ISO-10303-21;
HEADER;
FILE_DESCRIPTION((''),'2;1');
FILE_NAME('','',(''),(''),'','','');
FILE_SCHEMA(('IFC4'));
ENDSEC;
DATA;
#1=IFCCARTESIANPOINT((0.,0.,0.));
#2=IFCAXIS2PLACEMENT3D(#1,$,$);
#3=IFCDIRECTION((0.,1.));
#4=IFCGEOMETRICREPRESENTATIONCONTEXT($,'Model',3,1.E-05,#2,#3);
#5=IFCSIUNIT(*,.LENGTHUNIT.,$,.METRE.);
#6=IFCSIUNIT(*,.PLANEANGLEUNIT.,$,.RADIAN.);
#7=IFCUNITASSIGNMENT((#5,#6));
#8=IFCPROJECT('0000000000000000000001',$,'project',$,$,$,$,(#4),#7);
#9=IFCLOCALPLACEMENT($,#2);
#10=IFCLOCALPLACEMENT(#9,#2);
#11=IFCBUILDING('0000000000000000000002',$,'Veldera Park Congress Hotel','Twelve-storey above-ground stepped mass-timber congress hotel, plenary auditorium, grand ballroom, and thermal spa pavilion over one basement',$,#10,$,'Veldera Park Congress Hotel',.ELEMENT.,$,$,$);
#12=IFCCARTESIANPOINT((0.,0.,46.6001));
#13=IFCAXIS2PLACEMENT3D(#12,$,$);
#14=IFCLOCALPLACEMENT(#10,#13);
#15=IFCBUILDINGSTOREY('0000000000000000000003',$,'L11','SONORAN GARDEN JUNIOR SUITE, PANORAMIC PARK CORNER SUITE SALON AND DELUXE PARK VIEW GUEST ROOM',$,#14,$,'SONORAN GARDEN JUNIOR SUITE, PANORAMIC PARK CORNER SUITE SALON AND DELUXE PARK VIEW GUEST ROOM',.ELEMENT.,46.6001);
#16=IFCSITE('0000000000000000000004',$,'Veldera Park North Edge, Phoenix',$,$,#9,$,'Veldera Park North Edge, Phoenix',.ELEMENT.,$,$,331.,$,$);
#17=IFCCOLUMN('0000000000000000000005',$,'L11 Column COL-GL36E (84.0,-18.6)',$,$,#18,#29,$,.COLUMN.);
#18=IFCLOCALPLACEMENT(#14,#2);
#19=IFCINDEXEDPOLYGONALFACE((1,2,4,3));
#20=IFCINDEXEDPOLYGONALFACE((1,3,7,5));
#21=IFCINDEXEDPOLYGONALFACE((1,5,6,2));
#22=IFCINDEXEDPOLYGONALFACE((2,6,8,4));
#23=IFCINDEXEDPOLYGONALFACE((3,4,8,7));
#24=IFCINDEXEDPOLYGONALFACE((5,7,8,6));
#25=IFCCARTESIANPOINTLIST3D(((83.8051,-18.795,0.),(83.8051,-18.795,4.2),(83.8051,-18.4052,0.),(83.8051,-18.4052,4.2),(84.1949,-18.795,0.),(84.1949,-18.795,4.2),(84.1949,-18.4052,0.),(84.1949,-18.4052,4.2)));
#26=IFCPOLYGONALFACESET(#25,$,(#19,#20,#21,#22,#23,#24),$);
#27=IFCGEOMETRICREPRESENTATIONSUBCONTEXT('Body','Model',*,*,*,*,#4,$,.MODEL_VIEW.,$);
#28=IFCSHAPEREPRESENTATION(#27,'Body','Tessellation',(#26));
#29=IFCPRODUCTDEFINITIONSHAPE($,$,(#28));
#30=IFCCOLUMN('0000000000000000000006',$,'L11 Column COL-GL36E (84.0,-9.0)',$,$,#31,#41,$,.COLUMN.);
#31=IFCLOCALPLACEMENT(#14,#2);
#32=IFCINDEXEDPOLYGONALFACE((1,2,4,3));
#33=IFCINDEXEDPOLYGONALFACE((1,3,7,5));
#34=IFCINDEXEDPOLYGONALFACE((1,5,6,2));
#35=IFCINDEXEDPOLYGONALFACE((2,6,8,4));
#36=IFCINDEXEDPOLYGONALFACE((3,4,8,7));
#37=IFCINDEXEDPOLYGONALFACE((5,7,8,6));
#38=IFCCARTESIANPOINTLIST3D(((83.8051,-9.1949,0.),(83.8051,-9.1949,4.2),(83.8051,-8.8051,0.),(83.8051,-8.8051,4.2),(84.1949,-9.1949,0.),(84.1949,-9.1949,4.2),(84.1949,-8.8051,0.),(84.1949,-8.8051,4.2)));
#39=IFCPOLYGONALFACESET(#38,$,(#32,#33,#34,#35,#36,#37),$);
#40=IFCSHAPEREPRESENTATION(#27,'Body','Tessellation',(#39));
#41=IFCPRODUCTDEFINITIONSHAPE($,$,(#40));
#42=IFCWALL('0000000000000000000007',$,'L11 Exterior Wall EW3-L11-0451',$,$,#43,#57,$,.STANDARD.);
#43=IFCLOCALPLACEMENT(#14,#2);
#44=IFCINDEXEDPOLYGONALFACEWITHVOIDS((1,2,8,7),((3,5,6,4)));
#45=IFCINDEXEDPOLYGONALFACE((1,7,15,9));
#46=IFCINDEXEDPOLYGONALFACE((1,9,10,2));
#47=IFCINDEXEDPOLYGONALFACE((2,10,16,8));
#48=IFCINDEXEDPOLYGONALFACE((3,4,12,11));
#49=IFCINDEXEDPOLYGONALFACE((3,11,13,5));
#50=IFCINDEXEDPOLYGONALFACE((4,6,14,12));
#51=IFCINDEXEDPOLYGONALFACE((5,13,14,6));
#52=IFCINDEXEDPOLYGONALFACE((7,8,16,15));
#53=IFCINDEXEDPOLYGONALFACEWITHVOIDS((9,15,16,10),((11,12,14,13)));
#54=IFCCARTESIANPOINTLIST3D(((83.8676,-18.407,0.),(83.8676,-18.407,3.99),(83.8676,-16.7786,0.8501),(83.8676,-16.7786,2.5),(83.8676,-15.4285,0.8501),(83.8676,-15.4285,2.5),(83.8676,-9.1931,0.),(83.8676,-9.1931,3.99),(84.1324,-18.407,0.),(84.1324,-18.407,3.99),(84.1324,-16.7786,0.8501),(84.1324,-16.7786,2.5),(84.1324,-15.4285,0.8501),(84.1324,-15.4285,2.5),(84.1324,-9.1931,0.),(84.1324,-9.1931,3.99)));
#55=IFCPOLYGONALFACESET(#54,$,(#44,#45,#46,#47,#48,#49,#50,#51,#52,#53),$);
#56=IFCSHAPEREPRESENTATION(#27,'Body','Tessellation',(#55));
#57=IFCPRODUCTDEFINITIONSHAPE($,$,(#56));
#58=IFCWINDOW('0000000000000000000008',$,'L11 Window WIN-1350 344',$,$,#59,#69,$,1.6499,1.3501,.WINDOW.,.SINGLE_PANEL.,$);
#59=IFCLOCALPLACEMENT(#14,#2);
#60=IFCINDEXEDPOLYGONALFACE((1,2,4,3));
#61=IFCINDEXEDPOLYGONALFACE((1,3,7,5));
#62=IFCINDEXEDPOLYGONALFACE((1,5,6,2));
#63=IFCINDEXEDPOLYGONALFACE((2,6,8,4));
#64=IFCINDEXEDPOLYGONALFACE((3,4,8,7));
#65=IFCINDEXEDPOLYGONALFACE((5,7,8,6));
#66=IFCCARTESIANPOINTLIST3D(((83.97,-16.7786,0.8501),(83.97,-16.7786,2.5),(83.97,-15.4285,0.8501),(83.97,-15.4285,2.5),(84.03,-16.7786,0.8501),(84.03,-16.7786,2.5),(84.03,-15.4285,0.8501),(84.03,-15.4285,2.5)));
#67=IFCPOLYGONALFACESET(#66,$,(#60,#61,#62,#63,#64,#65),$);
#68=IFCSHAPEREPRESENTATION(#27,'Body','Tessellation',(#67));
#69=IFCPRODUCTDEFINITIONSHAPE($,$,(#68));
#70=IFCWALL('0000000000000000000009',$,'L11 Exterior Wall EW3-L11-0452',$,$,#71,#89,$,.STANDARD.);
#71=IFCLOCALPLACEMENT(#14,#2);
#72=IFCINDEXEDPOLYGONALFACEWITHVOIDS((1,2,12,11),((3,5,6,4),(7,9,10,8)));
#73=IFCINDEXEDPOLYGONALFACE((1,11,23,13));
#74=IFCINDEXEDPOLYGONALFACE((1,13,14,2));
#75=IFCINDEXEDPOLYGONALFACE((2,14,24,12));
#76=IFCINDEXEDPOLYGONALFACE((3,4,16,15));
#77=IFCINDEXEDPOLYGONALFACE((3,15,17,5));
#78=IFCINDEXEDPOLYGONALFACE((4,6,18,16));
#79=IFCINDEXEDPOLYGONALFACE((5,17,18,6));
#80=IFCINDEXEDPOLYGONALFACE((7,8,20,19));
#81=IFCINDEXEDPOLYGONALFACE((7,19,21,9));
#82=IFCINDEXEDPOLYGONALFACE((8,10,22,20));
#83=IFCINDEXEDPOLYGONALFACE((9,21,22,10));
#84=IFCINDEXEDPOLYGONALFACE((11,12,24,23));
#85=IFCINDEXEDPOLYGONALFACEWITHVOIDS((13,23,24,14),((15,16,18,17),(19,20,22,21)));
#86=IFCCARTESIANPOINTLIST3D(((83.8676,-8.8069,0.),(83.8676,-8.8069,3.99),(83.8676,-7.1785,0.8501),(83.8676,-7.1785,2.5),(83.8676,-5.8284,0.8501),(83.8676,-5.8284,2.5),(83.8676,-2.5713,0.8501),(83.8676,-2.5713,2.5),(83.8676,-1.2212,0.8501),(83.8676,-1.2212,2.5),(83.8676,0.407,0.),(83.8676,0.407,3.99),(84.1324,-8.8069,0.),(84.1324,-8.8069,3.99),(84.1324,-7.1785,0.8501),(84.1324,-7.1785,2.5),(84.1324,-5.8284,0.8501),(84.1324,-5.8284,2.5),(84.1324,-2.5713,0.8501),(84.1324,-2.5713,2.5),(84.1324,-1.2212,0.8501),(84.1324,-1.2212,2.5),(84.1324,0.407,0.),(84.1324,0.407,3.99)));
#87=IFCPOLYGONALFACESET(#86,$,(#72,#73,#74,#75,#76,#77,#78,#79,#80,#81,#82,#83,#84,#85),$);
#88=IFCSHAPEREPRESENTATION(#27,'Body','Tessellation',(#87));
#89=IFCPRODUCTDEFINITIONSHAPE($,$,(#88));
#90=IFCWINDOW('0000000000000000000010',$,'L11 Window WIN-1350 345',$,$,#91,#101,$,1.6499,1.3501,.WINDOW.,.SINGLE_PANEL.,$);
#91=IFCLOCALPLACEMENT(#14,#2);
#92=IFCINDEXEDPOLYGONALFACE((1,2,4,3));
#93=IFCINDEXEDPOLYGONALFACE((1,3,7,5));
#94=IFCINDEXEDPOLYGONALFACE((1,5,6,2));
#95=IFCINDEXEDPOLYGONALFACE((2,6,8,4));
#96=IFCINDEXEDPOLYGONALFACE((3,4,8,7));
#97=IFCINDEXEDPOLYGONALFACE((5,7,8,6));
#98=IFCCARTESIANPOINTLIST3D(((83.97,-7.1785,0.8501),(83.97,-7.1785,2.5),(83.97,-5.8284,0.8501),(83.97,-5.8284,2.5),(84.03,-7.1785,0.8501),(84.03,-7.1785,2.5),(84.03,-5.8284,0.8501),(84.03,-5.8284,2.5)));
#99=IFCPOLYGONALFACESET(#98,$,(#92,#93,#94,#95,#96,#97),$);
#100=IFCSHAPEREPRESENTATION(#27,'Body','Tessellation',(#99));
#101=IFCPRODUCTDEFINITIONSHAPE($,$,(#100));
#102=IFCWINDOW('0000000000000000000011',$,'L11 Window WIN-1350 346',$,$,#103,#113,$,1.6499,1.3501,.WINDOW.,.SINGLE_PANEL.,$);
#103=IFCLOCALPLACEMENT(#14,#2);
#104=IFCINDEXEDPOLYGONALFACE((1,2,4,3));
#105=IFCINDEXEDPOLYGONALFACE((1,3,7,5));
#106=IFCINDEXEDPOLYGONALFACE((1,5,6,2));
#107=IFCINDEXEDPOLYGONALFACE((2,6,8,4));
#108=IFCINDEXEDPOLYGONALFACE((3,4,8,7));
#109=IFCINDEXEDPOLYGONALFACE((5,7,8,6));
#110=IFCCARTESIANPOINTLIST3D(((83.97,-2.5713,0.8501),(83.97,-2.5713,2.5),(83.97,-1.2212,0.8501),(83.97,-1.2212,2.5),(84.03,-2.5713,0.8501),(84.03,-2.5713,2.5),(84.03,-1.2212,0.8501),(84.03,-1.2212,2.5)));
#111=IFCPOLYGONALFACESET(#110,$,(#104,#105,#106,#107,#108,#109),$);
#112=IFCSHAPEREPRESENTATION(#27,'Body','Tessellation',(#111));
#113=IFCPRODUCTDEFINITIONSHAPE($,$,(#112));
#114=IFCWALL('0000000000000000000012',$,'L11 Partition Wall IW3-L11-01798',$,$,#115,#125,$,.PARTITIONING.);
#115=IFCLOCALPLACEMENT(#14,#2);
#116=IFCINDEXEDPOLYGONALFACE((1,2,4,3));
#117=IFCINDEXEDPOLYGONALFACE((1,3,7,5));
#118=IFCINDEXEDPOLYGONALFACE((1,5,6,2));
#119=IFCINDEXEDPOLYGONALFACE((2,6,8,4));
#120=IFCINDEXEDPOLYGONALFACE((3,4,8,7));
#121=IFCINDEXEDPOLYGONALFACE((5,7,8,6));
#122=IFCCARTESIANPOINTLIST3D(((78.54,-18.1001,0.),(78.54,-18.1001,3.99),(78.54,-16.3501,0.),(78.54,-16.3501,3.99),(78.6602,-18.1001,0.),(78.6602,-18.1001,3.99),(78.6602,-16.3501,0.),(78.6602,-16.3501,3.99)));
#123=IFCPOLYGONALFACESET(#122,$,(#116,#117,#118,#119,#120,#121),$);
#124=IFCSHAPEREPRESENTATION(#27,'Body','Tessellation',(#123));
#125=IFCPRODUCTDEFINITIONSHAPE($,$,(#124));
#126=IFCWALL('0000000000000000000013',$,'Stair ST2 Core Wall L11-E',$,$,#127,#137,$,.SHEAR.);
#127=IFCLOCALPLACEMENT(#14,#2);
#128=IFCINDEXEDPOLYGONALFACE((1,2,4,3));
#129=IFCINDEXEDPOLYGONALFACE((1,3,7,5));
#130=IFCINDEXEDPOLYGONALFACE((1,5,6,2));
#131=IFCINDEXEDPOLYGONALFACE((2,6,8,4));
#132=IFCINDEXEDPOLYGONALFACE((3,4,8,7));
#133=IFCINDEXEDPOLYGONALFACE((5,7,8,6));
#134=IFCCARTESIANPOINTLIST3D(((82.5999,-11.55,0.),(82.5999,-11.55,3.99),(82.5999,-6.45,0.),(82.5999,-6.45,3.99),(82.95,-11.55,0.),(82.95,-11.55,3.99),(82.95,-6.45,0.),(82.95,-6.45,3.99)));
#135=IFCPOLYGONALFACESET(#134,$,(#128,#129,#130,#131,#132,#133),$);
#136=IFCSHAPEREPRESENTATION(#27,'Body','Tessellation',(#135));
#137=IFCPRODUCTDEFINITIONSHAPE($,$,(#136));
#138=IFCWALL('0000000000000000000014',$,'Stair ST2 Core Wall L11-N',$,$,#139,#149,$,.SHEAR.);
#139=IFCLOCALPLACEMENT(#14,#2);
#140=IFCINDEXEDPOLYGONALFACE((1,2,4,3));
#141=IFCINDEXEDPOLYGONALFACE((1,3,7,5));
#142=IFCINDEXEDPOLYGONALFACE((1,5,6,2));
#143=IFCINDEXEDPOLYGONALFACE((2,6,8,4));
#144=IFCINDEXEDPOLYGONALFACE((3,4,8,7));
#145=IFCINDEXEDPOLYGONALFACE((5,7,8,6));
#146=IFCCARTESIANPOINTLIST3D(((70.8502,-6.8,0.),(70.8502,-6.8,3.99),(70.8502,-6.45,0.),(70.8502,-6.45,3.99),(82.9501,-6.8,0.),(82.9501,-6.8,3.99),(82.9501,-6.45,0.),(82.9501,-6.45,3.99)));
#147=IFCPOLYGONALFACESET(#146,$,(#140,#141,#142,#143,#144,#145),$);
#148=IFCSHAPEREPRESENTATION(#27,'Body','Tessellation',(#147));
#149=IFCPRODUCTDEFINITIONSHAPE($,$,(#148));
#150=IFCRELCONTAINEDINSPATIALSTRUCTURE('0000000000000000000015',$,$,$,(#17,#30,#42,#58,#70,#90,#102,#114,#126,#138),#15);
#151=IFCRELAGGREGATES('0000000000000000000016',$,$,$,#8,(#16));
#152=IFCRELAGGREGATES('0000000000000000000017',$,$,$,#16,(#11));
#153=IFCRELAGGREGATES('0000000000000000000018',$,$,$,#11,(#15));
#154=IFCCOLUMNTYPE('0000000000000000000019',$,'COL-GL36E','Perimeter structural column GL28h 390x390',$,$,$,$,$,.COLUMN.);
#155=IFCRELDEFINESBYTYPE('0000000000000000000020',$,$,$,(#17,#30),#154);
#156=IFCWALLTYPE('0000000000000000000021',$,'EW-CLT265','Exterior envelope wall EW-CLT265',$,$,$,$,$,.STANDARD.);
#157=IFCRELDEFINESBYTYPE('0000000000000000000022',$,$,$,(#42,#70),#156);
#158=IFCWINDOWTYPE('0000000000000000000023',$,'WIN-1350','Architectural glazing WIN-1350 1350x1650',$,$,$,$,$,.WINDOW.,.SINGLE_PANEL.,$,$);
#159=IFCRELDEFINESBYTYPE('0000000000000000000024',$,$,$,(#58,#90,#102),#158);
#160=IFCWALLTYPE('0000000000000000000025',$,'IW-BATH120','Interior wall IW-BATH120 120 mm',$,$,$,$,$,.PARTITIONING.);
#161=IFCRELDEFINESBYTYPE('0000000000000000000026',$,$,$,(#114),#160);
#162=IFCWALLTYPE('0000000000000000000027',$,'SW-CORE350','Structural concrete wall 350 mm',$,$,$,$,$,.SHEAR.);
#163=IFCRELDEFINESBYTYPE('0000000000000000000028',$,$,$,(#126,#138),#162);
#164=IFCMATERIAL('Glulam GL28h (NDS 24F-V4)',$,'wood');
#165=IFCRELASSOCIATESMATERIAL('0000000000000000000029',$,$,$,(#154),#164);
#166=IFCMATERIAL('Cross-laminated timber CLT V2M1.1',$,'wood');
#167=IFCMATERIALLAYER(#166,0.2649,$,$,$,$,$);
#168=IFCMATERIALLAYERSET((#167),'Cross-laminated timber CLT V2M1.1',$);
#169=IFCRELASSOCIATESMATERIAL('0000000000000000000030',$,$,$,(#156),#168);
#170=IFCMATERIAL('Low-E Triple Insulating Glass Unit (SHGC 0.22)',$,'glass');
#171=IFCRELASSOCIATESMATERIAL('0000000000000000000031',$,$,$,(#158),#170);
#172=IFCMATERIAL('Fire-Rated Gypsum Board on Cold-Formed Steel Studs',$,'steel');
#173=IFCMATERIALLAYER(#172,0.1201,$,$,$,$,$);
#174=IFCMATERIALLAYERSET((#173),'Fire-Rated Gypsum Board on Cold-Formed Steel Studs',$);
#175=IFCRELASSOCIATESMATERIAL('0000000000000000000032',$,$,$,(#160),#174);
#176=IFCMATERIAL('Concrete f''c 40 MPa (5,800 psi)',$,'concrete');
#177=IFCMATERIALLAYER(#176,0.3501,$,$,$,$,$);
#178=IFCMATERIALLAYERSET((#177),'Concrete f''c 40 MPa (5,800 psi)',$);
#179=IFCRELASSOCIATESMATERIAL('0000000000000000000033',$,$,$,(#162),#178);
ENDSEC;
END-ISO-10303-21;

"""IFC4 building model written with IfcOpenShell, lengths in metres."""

from ifc_helpers import new_model, si_unit, direction, frame, frame_2d, origin, origin_2d, place, context, subcontext, project, spatial, rectangle, extrude, material, layer, layer_set, material_profile, profile_set, type_object, element, fill, save


model = new_model("IFC4")

# Units and contexts
model_context = context("Model", 3, precision=1e-05, world=origin(), true_north=direction((0.0, 1.0)))
body_context = subcontext(model_context, "Body", "Model", "MODEL_VIEW")
ifc_project = project(units=[si_unit("LENGTHUNIT", "METRE"), si_unit("PLANEANGLEUNIT", "RADIAN")], contexts=[model_context])

# Site, building, storey
site_placement = place(None, origin())
site = spatial("IfcSite", under=ifc_project, at=site_placement, Name="Veldera Park North Edge, Phoenix", LongName="Veldera Park North Edge, Phoenix", CompositionType="ELEMENT", RefElevation=331.0)
building_placement = place(site_placement, origin())
building = spatial("IfcBuilding", under=site, at=building_placement, Name="Veldera Park Congress Hotel", Description="Twelve-storey above-ground stepped mass-timber congress hotel, plenary auditorium, grand ballroom, and thermal spa pavilion over one basement", LongName="Veldera Park Congress Hotel", CompositionType="ELEMENT")
storey_placement = place(building_placement, frame((0.0, 0.0, 46.6001)))
storey = spatial("IfcBuildingStorey", under=building, at=storey_placement, Name="L11", Description="SONORAN GARDEN JUNIOR SUITE, PANORAMIC PARK CORNER SUITE SALON AND DELUXE PARK VIEW GUEST ROOM", LongName="SONORAN GARDEN JUNIOR SUITE, PANORAMIC PARK CORNER SUITE SALON AND DELUXE PARK VIEW GUEST ROOM", CompositionType="ELEMENT", Elevation=46.6001)

# Columns
ifc_material_1 = material(Name="Glulam GL28h (NDS 24F-V4)", Category="wood")
ifc_material_profile = material_profile(ifc_material_1, rectangle(XDim=0.3899, YDim=0.3899, at=origin_2d()), Name="GL28h 390x390")
ifc_profile_set = profile_set([ifc_material_profile], Name="Glulam GL28h (NDS 24F-V4)")
column_type = type_object("IfcColumnType", Name="COL-GL36E", Description="Perimeter structural column GL28h 390x390", PredefinedType="COLUMN", material=ifc_profile_set)
for number, where, z_axis, x_axis, name in (
    (1, (84.0, -18.6001, 0.0), (0.0, 0.0, 1.0), (1.0, 0.0, 0.0), "L11 Column COL-GL36E (84.0,-18.6)"),
    (2, (84.0, -9.0, 0.0), (0.0, 0.0, 1.0), (1.0, 0.0, 0.0), "L11 Column COL-GL36E (84.0,-9.0)"),
):
    element("IfcColumn", number, at=place(storey_placement, frame(where, z_axis=z_axis, x_axis=x_axis)), inside=storey, type_object=column_type, Name=name, PredefinedType="COLUMN", context=body_context, shape_type="SweptSolid", body=[
        extrude(rectangle(XDim=0.3899, YDim=0.3899, at=origin_2d()), origin(), (0.0, 0.0, 1.0), 4.2),
    ])

# Wall, opening, window
ifc_material_2 = material(Name="Cross-laminated timber CLT V2M1.1", Category="wood")
ifc_layer_1 = layer(ifc_material_2, 0.2649)
ifc_layer_set_1 = layer_set([ifc_layer_1], Name="Cross-laminated timber CLT V2M1.1")
wall_type_1 = type_object("IfcWallType", Name="EW-CLT265", Description="Exterior envelope wall EW-CLT265", PredefinedType="STANDARD", material=ifc_layer_set_1)
wall_1_placement = place(storey_placement, frame((84.0, -18.407, 0.0), z_axis=(0.0, 0.0, 1.0), x_axis=(0.0, 1.0, 0.0)))
wall_1 = element("IfcWall", 3, at=wall_1_placement, inside=storey, type_object=wall_type_1, Name="L11 Exterior Wall EW3-L11-0451", PredefinedType="STANDARD", context=body_context, shape_type="SweptSolid", body=[
    extrude(rectangle(XDim=9.2139, YDim=0.2649, at=frame_2d((4.6069, 0.0))), origin(), (0.0, 0.0, 1.0), 3.99),
])
opening_1_placement = place(wall_1_placement, frame((1.6284, 0.0, 0.8501)))
opening_1 = element("IfcOpeningElement", 4, at=opening_1_placement, cuts=wall_1, PredefinedType="OPENING", context=body_context, shape_type="SweptSolid", body=[
    extrude(rectangle(XDim=1.3501, YDim=1.6499, at=frame_2d((0.675, 0.825))), frame((0.0, 0.1445, 0.0), z_axis=(0.0, -1.0, 0.0), x_axis=(1.0, 0.0, 0.0)), (0.0, 0.0, 1.0), 0.2888),
])
ifc_material_3 = material(Name="Low-E Triple Insulating Glass Unit (SHGC 0.22)", Category="glass")
window_type = type_object("IfcWindowType", Name="WIN-1350", Description="Architectural glazing WIN-1350 1350x1650", PartitioningType="SINGLE_PANEL", PredefinedType="WINDOW", material=ifc_material_3)
window_1_placement = place(opening_1_placement, origin())
window_1 = element("IfcWindow", 5, at=window_1_placement, inside=storey, type_object=window_type, Name="L11 Window WIN-1350 344", OverallHeight=1.6499, OverallWidth=1.3501, PartitioningType="SINGLE_PANEL", PredefinedType="WINDOW", context=body_context, shape_type="SweptSolid", body=[
    extrude(rectangle(XDim=1.3501, YDim=1.6499, at=frame_2d((0.675, 0.825))), frame((0.0, 0.03, 0.0), z_axis=(0.0, -1.0, 0.0), x_axis=(1.0, 0.0, 0.0)), (0.0, 0.0, 1.0), 0.0601),
])
fill(opening_1, window_1)

# Wall, openings, windows
wall_2_placement = place(storey_placement, frame((84.0, -8.8069, 0.0), z_axis=(0.0, 0.0, 1.0), x_axis=(0.0, 1.0, 0.0)))
wall_2 = element("IfcWall", 6, at=wall_2_placement, inside=storey, type_object=wall_type_1, Name="L11 Exterior Wall EW3-L11-0452", PredefinedType="STANDARD", context=body_context, shape_type="SweptSolid", body=[
    extrude(rectangle(XDim=9.2139, YDim=0.2649, at=frame_2d((4.6069, 0.0))), origin(), (0.0, 0.0, 1.0), 3.99),
])
opening_2_placement = place(wall_2_placement, frame((1.6284, 0.0, 0.8501)))
opening_2 = element("IfcOpeningElement", 7, at=opening_2_placement, cuts=wall_2, PredefinedType="OPENING", context=body_context, shape_type="SweptSolid", body=[
    extrude(rectangle(XDim=1.3501, YDim=1.6499, at=frame_2d((0.675, 0.825))), frame((0.0, 0.1445, 0.0), z_axis=(0.0, -1.0, 0.0), x_axis=(1.0, 0.0, 0.0)), (0.0, 0.0, 1.0), 0.2888),
])
opening_3_placement = place(wall_2_placement, frame((6.2356, 0.0, 0.8501)))
opening_3 = element("IfcOpeningElement", 8, at=opening_3_placement, cuts=wall_2, PredefinedType="OPENING", context=body_context, shape_type="SweptSolid", body=[
    extrude(rectangle(XDim=1.3501, YDim=1.6499, at=frame_2d((0.675, 0.825))), frame((0.0, 0.1445, 0.0), z_axis=(0.0, -1.0, 0.0), x_axis=(1.0, 0.0, 0.0)), (0.0, 0.0, 1.0), 0.2888),
])
window_2_placement = place(opening_2_placement, origin())
window_2 = element("IfcWindow", 9, at=window_2_placement, inside=storey, type_object=window_type, Name="L11 Window WIN-1350 345", OverallHeight=1.6499, OverallWidth=1.3501, PartitioningType="SINGLE_PANEL", PredefinedType="WINDOW", context=body_context, shape_type="SweptSolid", body=[
    extrude(rectangle(XDim=1.3501, YDim=1.6499, at=frame_2d((0.675, 0.825))), frame((0.0, 0.03, 0.0), z_axis=(0.0, -1.0, 0.0), x_axis=(1.0, 0.0, 0.0)), (0.0, 0.0, 1.0), 0.0601),
])
fill(opening_2, window_2)
window_3_placement = place(opening_3_placement, origin())
window_3 = element("IfcWindow", 10, at=window_3_placement, inside=storey, type_object=window_type, Name="L11 Window WIN-1350 346", OverallHeight=1.6499, OverallWidth=1.3501, PartitioningType="SINGLE_PANEL", PredefinedType="WINDOW", context=body_context, shape_type="SweptSolid", body=[
    extrude(rectangle(XDim=1.3501, YDim=1.6499, at=frame_2d((0.675, 0.825))), frame((0.0, 0.03, 0.0), z_axis=(0.0, -1.0, 0.0), x_axis=(1.0, 0.0, 0.0)), (0.0, 0.0, 1.0), 0.0601),
])
fill(opening_3, window_3)

# Walls
ifc_material_4 = material(Name="Fire-Rated Gypsum Board on Cold-Formed Steel Studs", Category="steel")
ifc_layer_2 = layer(ifc_material_4, 0.1201)
ifc_layer_set_2 = layer_set([ifc_layer_2], Name="Fire-Rated Gypsum Board on Cold-Formed Steel Studs")
wall_type_2 = type_object("IfcWallType", Name="IW-BATH120", Description="Interior wall IW-BATH120 120 mm", PredefinedType="PARTITIONING", material=ifc_layer_set_2)
wall_3_placement = place(storey_placement, frame((78.6001, -18.1001, 0.0), z_axis=(0.0, 0.0, 1.0), x_axis=(0.0, 1.0, 0.0)))
element("IfcWall", 11, at=wall_3_placement, inside=storey, type_object=wall_type_2, Name="L11 Partition Wall IW3-L11-01798", PredefinedType="PARTITIONING", context=body_context, shape_type="SweptSolid", body=[
    extrude(rectangle(XDim=1.75, YDim=0.1201, at=frame_2d((0.875, 0.0))), origin(), (0.0, 0.0, 1.0), 3.99),
])
ifc_material_5 = material(Name="Concrete f'c 40 MPa (5,800 psi)", Category="concrete")
ifc_layer_3 = layer(ifc_material_5, 0.3501)
ifc_layer_set_3 = layer_set([ifc_layer_3], Name="Concrete f'c 40 MPa (5,800 psi)")
wall_type_3 = type_object("IfcWallType", Name="SW-CORE350", Description="Structural concrete wall 350 mm", PredefinedType="SHEAR", material=ifc_layer_set_3)
wall_4_placement = place(storey_placement, frame((82.7749, -11.55, 0.0), z_axis=(0.0, 0.0, 1.0), x_axis=(0.0, 1.0, 0.0)))
element("IfcWall", 12, at=wall_4_placement, inside=storey, type_object=wall_type_3, Name="Stair ST2 Core Wall L11-E", PredefinedType="SHEAR", context=body_context, shape_type="SweptSolid", body=[
    extrude(rectangle(XDim=5.1001, YDim=0.3501, at=frame_2d((2.55, 0.0))), origin(), (0.0, 0.0, 1.0), 3.99),
])
wall_5_placement = place(storey_placement, frame((82.95, -6.625, 0.0), z_axis=(0.0, 0.0, 1.0), x_axis=(-1.0, 0.0, 0.0)))
element("IfcWall", 13, at=wall_5_placement, inside=storey, type_object=wall_type_3, Name="Stair ST2 Core Wall L11-N", PredefinedType="SHEAR", context=body_context, shape_type="SweptSolid", body=[
    extrude(rectangle(XDim=12.0999, YDim=0.3501, at=frame_2d((6.0498, 0.0))), origin(), (0.0, 0.0, 1.0), 3.99),
])

save(model, "model.ifc")
